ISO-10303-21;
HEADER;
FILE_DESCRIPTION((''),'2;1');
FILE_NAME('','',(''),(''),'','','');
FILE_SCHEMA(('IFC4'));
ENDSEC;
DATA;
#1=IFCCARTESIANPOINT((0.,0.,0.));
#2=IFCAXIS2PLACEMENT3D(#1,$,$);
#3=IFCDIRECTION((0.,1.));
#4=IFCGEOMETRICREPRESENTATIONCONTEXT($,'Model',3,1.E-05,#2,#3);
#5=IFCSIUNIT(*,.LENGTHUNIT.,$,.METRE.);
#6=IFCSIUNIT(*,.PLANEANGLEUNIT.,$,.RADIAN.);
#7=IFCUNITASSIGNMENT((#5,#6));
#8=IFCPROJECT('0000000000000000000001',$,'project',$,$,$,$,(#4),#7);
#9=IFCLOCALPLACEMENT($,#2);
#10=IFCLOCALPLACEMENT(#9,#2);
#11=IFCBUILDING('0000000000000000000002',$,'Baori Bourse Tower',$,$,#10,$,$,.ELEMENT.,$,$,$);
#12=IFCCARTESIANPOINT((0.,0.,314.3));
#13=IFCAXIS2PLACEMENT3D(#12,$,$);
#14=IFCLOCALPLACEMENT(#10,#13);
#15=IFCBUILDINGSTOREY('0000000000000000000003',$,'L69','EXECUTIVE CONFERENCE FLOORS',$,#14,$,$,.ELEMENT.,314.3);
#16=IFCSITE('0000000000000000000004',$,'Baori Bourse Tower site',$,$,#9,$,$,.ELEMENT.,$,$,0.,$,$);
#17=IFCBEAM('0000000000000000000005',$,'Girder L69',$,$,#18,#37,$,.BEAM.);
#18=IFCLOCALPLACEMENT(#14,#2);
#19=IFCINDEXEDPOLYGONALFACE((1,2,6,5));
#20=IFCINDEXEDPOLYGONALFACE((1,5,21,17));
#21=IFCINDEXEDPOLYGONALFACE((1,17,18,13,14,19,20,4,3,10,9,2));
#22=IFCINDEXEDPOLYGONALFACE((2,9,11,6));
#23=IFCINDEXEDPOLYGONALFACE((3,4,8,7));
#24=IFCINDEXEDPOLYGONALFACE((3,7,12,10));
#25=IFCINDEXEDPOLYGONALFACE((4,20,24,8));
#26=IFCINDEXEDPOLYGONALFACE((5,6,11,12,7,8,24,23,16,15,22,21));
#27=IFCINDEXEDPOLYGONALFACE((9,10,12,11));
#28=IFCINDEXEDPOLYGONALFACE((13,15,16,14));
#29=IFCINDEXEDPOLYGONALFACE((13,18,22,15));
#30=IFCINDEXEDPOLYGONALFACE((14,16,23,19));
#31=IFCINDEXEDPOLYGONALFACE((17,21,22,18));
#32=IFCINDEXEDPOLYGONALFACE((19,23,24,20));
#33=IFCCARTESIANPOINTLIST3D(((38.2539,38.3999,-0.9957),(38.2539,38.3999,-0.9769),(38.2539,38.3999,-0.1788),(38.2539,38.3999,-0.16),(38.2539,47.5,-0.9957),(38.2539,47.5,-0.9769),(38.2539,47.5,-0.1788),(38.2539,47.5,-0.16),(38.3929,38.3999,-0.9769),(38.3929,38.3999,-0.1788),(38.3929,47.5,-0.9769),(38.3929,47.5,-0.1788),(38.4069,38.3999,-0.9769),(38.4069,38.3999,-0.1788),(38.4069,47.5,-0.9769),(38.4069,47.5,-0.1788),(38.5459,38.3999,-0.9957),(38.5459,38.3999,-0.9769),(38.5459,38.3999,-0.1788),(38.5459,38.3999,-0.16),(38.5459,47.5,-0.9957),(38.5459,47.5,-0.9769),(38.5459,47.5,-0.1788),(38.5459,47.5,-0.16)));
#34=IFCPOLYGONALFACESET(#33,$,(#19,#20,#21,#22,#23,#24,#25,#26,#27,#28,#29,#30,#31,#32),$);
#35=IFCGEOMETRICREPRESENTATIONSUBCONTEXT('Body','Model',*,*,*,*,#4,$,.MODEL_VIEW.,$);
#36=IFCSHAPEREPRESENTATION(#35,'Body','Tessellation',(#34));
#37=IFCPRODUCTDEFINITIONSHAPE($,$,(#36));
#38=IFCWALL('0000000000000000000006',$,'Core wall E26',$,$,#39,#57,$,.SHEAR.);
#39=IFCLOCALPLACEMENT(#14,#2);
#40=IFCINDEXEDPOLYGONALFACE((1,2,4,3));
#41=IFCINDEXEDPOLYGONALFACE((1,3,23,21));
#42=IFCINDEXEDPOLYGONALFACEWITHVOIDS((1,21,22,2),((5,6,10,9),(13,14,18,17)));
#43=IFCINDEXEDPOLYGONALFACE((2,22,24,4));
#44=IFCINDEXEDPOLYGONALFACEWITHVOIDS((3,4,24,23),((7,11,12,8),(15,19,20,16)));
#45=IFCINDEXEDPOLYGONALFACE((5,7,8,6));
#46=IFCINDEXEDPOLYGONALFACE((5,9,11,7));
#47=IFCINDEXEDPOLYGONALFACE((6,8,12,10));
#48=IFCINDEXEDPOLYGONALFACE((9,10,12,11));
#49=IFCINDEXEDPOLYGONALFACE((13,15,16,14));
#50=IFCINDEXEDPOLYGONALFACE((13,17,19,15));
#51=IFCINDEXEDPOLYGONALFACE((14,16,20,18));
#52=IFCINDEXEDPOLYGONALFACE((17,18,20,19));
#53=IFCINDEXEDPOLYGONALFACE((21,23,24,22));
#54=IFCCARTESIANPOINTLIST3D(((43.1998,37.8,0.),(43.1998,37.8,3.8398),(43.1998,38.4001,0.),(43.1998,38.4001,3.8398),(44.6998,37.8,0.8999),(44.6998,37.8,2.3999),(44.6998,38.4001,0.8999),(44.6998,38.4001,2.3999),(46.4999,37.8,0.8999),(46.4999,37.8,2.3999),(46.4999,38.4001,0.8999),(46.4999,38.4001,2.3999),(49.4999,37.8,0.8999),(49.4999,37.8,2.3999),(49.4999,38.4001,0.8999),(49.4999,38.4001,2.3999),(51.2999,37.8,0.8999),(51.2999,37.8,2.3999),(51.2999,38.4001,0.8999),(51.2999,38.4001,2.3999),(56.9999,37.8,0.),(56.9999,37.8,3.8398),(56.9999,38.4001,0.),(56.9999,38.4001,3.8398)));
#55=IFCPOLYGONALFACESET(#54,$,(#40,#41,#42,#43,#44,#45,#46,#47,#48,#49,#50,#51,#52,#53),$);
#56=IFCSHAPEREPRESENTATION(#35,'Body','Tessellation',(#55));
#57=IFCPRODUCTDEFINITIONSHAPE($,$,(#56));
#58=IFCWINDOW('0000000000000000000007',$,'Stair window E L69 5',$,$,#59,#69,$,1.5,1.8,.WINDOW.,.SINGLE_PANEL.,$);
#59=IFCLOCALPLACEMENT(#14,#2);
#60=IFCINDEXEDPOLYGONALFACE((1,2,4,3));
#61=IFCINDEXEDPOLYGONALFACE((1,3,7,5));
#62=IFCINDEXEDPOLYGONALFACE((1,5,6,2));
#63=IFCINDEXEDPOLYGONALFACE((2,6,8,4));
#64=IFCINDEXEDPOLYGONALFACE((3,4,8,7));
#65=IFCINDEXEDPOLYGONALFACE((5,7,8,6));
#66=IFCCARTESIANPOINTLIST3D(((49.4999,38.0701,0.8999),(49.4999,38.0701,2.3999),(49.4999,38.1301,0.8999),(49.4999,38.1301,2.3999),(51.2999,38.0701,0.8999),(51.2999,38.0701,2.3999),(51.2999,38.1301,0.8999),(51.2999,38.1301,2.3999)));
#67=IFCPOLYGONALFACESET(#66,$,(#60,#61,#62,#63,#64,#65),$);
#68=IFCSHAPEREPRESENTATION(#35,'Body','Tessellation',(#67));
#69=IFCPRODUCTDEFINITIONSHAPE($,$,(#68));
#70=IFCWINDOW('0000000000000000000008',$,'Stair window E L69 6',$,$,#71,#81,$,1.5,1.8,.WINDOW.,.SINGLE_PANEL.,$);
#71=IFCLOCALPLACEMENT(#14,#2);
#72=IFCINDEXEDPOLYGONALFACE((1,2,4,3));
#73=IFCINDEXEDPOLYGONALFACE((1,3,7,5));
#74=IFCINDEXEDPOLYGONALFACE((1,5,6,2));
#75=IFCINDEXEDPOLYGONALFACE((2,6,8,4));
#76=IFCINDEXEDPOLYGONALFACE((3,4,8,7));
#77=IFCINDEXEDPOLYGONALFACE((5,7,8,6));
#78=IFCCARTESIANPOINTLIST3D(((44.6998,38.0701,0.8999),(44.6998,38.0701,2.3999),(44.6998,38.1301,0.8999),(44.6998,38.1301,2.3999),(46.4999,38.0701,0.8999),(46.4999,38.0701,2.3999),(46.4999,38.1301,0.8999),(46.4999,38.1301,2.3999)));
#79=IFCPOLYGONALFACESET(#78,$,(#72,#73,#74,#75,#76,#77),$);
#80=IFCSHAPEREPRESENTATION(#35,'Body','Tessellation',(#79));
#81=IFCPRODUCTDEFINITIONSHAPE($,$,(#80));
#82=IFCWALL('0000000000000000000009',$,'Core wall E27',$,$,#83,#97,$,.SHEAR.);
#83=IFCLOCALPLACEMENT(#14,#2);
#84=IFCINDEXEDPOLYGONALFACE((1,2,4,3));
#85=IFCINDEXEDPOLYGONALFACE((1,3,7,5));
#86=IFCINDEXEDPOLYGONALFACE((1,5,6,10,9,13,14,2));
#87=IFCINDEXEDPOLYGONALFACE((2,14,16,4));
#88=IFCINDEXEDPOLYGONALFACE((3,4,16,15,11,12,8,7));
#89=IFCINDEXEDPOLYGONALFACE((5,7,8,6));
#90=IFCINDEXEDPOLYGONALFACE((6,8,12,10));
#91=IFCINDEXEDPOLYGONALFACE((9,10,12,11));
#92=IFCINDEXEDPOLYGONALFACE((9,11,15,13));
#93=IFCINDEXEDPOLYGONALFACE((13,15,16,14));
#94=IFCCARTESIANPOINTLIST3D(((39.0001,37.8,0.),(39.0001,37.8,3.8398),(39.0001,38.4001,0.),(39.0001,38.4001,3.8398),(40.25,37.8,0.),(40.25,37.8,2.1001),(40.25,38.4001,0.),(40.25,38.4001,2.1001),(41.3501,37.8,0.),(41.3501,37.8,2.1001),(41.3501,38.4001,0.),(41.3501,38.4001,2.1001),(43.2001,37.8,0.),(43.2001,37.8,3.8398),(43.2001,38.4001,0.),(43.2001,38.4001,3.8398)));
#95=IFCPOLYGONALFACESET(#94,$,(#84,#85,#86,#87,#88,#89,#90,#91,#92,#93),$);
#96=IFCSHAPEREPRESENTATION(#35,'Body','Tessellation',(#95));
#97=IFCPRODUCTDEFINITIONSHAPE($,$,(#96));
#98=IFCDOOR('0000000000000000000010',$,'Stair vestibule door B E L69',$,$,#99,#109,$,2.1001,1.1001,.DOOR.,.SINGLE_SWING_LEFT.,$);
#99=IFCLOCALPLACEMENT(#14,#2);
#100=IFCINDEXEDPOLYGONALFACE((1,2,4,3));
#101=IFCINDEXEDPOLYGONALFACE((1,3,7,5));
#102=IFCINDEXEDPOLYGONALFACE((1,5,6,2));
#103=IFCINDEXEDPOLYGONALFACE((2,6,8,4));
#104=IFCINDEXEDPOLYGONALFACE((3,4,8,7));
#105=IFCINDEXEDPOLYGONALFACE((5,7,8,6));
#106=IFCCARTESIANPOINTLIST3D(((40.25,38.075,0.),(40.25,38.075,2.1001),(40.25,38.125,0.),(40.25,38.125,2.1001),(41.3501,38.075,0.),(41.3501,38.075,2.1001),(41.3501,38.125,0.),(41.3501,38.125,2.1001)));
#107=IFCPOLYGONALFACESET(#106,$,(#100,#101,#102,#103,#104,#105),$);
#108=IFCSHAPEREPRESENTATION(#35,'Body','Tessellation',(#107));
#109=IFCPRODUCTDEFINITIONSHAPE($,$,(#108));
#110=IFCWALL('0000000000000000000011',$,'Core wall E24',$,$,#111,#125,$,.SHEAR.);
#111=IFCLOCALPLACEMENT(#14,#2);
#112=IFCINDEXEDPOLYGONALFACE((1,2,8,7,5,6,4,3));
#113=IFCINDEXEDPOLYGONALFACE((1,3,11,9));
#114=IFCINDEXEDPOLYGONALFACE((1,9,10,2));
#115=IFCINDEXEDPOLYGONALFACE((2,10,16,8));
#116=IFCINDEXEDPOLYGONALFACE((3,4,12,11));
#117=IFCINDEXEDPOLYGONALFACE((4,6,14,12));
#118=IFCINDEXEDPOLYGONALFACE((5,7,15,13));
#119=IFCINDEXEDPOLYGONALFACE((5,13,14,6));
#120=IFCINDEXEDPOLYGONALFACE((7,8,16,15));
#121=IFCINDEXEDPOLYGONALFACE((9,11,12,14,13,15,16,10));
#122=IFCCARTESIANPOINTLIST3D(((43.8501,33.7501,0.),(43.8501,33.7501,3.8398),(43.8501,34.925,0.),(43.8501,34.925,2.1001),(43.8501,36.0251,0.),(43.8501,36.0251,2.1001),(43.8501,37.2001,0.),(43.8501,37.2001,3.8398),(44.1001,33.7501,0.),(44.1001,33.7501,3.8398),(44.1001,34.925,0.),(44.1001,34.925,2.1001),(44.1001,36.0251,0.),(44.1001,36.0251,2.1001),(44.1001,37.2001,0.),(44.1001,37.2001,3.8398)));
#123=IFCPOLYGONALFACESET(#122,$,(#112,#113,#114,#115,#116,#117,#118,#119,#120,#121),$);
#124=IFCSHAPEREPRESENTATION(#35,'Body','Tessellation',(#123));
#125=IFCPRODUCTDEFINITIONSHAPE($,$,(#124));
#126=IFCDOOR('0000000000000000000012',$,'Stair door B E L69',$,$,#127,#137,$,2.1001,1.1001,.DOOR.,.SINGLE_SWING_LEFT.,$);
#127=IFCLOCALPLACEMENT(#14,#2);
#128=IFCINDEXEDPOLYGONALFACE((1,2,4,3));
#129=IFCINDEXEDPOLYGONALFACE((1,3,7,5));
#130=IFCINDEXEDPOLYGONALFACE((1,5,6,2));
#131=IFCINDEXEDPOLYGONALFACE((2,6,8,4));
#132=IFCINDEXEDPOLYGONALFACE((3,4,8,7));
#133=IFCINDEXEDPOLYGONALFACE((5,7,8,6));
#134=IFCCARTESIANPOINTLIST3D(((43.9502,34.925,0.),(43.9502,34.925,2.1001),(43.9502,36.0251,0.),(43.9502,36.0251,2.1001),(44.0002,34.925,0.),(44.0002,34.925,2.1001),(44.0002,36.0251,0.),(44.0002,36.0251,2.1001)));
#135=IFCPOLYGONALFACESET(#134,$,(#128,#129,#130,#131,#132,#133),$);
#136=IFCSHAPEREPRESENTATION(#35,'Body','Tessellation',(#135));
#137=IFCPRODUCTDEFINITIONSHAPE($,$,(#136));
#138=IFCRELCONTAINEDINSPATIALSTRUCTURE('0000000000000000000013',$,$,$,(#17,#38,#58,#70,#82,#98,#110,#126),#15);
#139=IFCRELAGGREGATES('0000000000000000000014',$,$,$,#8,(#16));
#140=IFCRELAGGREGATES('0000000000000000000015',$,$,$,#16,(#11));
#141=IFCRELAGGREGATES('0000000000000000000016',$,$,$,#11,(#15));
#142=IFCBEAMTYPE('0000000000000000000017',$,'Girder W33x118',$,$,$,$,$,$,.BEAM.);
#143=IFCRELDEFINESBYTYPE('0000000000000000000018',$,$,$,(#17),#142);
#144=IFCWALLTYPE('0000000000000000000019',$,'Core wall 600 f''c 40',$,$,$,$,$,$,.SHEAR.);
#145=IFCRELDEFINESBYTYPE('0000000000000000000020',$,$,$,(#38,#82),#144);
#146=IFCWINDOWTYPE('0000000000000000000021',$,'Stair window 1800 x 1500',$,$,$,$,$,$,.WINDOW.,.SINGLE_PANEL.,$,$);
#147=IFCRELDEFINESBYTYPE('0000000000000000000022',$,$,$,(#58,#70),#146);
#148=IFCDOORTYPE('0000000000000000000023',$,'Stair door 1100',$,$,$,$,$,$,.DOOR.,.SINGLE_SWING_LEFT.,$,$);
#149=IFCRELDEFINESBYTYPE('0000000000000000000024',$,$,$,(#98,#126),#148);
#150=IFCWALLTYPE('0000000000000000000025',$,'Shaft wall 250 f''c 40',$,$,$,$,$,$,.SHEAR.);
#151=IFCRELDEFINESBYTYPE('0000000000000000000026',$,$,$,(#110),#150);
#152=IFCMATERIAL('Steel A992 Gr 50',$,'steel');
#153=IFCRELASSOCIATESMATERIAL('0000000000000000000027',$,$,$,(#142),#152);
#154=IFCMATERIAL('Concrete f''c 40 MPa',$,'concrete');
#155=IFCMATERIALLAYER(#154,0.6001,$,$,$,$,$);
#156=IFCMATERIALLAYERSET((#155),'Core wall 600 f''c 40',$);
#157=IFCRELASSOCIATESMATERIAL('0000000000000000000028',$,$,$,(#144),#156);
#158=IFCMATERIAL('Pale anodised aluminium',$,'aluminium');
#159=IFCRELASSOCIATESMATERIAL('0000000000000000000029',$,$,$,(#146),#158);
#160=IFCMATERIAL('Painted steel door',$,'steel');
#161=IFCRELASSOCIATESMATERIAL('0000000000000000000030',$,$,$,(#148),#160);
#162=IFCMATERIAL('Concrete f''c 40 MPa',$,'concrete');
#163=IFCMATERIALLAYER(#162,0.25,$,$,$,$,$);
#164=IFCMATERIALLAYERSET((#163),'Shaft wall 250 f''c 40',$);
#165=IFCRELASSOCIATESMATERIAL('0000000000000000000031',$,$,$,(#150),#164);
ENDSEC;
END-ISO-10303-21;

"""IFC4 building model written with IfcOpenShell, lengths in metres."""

from ifc_helpers import new_model, si_unit, direction, frame, frame_2d, origin, origin_2d, place, context, subcontext, project, spatial, rectangle, i_section, extrude, material, layer, layer_set, material_profile, profile_set, type_object, element, fill, save


model = new_model("IFC4")

# Units and contexts
model_context = context("Model", 3, precision=1e-05, world=origin(), true_north=direction((0.0, 1.0)))
body_context = subcontext(model_context, "Body", "Model", "MODEL_VIEW")
ifc_project = project(units=[si_unit("LENGTHUNIT", "METRE"), si_unit("PLANEANGLEUNIT", "RADIAN")], contexts=[model_context])

# Site, building, storey
site_placement = place(None, origin())
site = spatial("IfcSite", under=ifc_project, at=site_placement, Name="Baori Bourse Tower site", CompositionType="ELEMENT", RefElevation=0.0)
building_placement = place(site_placement, origin())
building = spatial("IfcBuilding", under=site, at=building_placement, Name="Baori Bourse Tower", CompositionType="ELEMENT")
storey_placement = place(building_placement, frame((0.0, 0.0, 314.3)))
storey = spatial("IfcBuildingStorey", under=building, at=storey_placement, Name="L69", Description="EXECUTIVE CONFERENCE FLOORS", CompositionType="ELEMENT", Elevation=314.3)

# Beam
ifc_material_1 = material(Name="Steel A992 Gr 50", Category="steel")
ifc_material_profile = material_profile(ifc_material_1, i_section(OverallWidth=0.292, OverallDepth=0.8357, WebThickness=0.0139, FlangeThickness=0.0188, at=origin_2d()), Name="W33x118")
ifc_profile_set = profile_set([ifc_material_profile], Name="Steel A992 Gr 50")
beam_type = type_object("IfcBeamType", Name="Girder W33x118", PredefinedType="BEAM", material=ifc_profile_set)
beam_placement = place(storey_placement, frame((38.3999, 38.3999, -0.5779), z_axis=(0.0, 1.0, 0.0), x_axis=(-1.0, 0.0, 0.0)))
element("IfcBeam", 1, at=beam_placement, inside=storey, type_object=beam_type, Name="Girder L69", PredefinedType="BEAM", context=body_context, shape_type="SweptSolid", body=[
    extrude(i_section(OverallWidth=0.292, OverallDepth=0.8357, WebThickness=0.0139, FlangeThickness=0.0188, at=origin_2d()), origin(), (0.0, 0.0, 1.0), 9.1001),
])

# Wall, openings, windows
ifc_material_2 = material(Name="Concrete f'c 40 MPa", Category="concrete")
ifc_layer_1 = layer(ifc_material_2, 0.6001)
ifc_layer_set_1 = layer_set([ifc_layer_1], Name="Core wall 600 f'c 40")
wall_type_1 = type_object("IfcWallType", Name="Core wall 600 f'c 40", PredefinedType="SHEAR", material=ifc_layer_set_1)
wall_1_placement = place(storey_placement, frame((43.2, 38.1001, 0.0), z_axis=(0.0, 0.0, 1.0), x_axis=(1.0, 0.0, 0.0)))
wall_1 = element("IfcWall", 2, at=wall_1_placement, inside=storey, type_object=wall_type_1, Name="Core wall E26", PredefinedType="SHEAR", context=body_context, shape_type="SweptSolid", body=[
    extrude(rectangle(XDim=13.8, YDim=0.6001, at=frame_2d((6.8999, 0.0))), origin(), (0.0, 0.0, 1.0), 3.8398),
])
opening_1_placement = place(wall_1_placement, frame((6.3, 0.0, 0.8999)))
opening_1 = element("IfcOpeningElement", 3, at=opening_1_placement, cuts=wall_1, PredefinedType="OPENING", context=body_context, shape_type="SweptSolid", body=[
    extrude(rectangle(XDim=1.8, YDim=1.5, at=frame_2d((0.8999, 0.75))), frame((0.0, 0.3101, 0.0), z_axis=(0.0, -1.0, 0.0), x_axis=(1.0, 0.0, 0.0)), (0.0, 0.0, 1.0), 0.6201),
])
opening_2_placement = place(wall_1_placement, frame((1.5, 0.0, 0.8999)))
opening_2 = element("IfcOpeningElement", 4, at=opening_2_placement, cuts=wall_1, PredefinedType="OPENING", context=body_context, shape_type="SweptSolid", body=[
    extrude(rectangle(XDim=1.8, YDim=1.5, at=frame_2d((0.8999, 0.75))), frame((0.0, 0.3101, 0.0), z_axis=(0.0, -1.0, 0.0), x_axis=(1.0, 0.0, 0.0)), (0.0, 0.0, 1.0), 0.6201),
])
ifc_material_3 = material(Name="Pale anodised aluminium", Category="aluminium")
window_type = type_object("IfcWindowType", Name="Stair window 1800 x 1500", PartitioningType="SINGLE_PANEL", PredefinedType="WINDOW", material=ifc_material_3)
window_1_placement = place(opening_1_placement, origin())
window_1 = element("IfcWindow", 5, at=window_1_placement, inside=storey, type_object=window_type, Name="Stair window E L69 5", OverallHeight=1.5, OverallWidth=1.8, PartitioningType="SINGLE_PANEL", PredefinedType="WINDOW", context=body_context, shape_type="SweptSolid", body=[
    extrude(rectangle(XDim=1.8, YDim=1.5, at=frame_2d((0.8999, 0.75))), frame((0.0, 0.03, 0.0), z_axis=(0.0, -1.0, 0.0), x_axis=(1.0, 0.0, 0.0)), (0.0, 0.0, 1.0), 0.0601),
])
fill(opening_1, window_1)
window_2_placement = place(opening_2_placement, origin())
window_2 = element("IfcWindow", 6, at=window_2_placement, inside=storey, type_object=window_type, Name="Stair window E L69 6", OverallHeight=1.5, OverallWidth=1.8, PartitioningType="SINGLE_PANEL", PredefinedType="WINDOW", context=body_context, shape_type="SweptSolid", body=[
    extrude(rectangle(XDim=1.8, YDim=1.5, at=frame_2d((0.8999, 0.75))), frame((0.0, 0.03, 0.0), z_axis=(0.0, -1.0, 0.0), x_axis=(1.0, 0.0, 0.0)), (0.0, 0.0, 1.0), 0.0601),
])
fill(opening_2, window_2)

# Walls, openings, doors
wall_2_placement = place(storey_placement, frame((39.0, 38.1001, 0.0), z_axis=(0.0, 0.0, 1.0), x_axis=(1.0, 0.0, 0.0)))
wall_2 = element("IfcWall", 7, at=wall_2_placement, inside=storey, type_object=wall_type_1, Name="Core wall E27", PredefinedType="SHEAR", context=body_context, shape_type="SweptSolid", body=[
    extrude(rectangle(XDim=4.2, YDim=0.6001, at=frame_2d((2.1001, 0.0))), origin(), (0.0, 0.0, 1.0), 3.8398),
])
opening_3_placement = place(wall_2_placement, frame((1.25, 0.0, 0.0)))
opening_3 = element("IfcOpeningElement", 8, at=opening_3_placement, cuts=wall_2, PredefinedType="OPENING", context=body_context, shape_type="SweptSolid", body=[
    extrude(rectangle(XDim=1.1001, YDim=2.1001, at=frame_2d((0.55, 1.05))), frame((0.0, 0.3101, 0.0), z_axis=(0.0, -1.0, 0.0), x_axis=(1.0, 0.0, 0.0)), (0.0, 0.0, 1.0), 0.6201),
])
ifc_material_4 = material(Name="Painted steel door", Category="steel")
door_type_1 = type_object("IfcDoorType", Name="Stair door 1100", OperationType="SINGLE_SWING_LEFT", PredefinedType="DOOR", material=ifc_material_4)
door_1_placement = place(opening_3_placement, origin())
door_1 = element("IfcDoor", 9, at=door_1_placement, inside=storey, type_object=door_type_1, Name="Stair vestibule door B E L69", OperationType="SINGLE_SWING_LEFT", OverallHeight=2.1001, OverallWidth=1.1001, PredefinedType="DOOR", context=body_context, shape_type="SweptSolid", body=[
    extrude(rectangle(XDim=1.1001, YDim=2.1001, at=frame_2d((0.55, 1.05))), frame((0.0, 0.0249, 0.0), z_axis=(0.0, -1.0, 0.0), x_axis=(1.0, 0.0, 0.0)), (0.0, 0.0, 1.0), 0.05),
])
fill(opening_3, door_1)
ifc_material_5 = material(Name="Concrete f'c 40 MPa", Category="concrete")
ifc_layer_2 = layer(ifc_material_5, 0.25)
ifc_layer_set_2 = layer_set([ifc_layer_2], Name="Shaft wall 250 f'c 40")
wall_type_2 = type_object("IfcWallType", Name="Shaft wall 250 f'c 40", PredefinedType="SHEAR", material=ifc_layer_set_2)
wall_3_placement = place(storey_placement, frame((43.9751, 33.75, 0.0), z_axis=(0.0, 0.0, 1.0), x_axis=(0.0, 1.0, 0.0)))
wall_3 = element("IfcWall", 10, at=wall_3_placement, inside=storey, type_object=wall_type_2, Name="Core wall E24", PredefinedType="SHEAR", context=body_context, shape_type="SweptSolid", body=[
    extrude(rectangle(XDim=3.45, YDim=0.25, at=frame_2d((1.7251, 0.0))), origin(), (0.0, 0.0, 1.0), 3.8398),
])
opening_4_placement = place(wall_3_placement, frame((1.175, 0.0, 0.0)))
opening_4 = element("IfcOpeningElement", 11, at=opening_4_placement, cuts=wall_3, PredefinedType="OPENING", context=body_context, shape_type="SweptSolid", body=[
    extrude(rectangle(XDim=1.1001, YDim=2.1001, at=frame_2d((0.55, 1.05))), frame((0.0, 0.135, 0.0), z_axis=(0.0, -1.0, 0.0), x_axis=(1.0, 0.0, 0.0)), (0.0, 0.0, 1.0), 0.27),
])
door_2_placement = place(opening_4_placement, origin())
door_2 = element("IfcDoor", 12, at=door_2_placement, inside=storey, type_object=door_type_1, Name="Stair door B E L69", OperationType="SINGLE_SWING_LEFT", OverallHeight=2.1001, OverallWidth=1.1001, PredefinedType="DOOR", context=body_context, shape_type="SweptSolid", body=[
    extrude(rectangle(XDim=1.1001, YDim=2.1001, at=frame_2d((0.55, 1.05))), frame((0.0, 0.0249, 0.0), z_axis=(0.0, -1.0, 0.0), x_axis=(1.0, 0.0, 0.0)), (0.0, 0.0, 1.0), 0.05),
])
fill(opening_4, door_2)

save(model, "model.ifc")
